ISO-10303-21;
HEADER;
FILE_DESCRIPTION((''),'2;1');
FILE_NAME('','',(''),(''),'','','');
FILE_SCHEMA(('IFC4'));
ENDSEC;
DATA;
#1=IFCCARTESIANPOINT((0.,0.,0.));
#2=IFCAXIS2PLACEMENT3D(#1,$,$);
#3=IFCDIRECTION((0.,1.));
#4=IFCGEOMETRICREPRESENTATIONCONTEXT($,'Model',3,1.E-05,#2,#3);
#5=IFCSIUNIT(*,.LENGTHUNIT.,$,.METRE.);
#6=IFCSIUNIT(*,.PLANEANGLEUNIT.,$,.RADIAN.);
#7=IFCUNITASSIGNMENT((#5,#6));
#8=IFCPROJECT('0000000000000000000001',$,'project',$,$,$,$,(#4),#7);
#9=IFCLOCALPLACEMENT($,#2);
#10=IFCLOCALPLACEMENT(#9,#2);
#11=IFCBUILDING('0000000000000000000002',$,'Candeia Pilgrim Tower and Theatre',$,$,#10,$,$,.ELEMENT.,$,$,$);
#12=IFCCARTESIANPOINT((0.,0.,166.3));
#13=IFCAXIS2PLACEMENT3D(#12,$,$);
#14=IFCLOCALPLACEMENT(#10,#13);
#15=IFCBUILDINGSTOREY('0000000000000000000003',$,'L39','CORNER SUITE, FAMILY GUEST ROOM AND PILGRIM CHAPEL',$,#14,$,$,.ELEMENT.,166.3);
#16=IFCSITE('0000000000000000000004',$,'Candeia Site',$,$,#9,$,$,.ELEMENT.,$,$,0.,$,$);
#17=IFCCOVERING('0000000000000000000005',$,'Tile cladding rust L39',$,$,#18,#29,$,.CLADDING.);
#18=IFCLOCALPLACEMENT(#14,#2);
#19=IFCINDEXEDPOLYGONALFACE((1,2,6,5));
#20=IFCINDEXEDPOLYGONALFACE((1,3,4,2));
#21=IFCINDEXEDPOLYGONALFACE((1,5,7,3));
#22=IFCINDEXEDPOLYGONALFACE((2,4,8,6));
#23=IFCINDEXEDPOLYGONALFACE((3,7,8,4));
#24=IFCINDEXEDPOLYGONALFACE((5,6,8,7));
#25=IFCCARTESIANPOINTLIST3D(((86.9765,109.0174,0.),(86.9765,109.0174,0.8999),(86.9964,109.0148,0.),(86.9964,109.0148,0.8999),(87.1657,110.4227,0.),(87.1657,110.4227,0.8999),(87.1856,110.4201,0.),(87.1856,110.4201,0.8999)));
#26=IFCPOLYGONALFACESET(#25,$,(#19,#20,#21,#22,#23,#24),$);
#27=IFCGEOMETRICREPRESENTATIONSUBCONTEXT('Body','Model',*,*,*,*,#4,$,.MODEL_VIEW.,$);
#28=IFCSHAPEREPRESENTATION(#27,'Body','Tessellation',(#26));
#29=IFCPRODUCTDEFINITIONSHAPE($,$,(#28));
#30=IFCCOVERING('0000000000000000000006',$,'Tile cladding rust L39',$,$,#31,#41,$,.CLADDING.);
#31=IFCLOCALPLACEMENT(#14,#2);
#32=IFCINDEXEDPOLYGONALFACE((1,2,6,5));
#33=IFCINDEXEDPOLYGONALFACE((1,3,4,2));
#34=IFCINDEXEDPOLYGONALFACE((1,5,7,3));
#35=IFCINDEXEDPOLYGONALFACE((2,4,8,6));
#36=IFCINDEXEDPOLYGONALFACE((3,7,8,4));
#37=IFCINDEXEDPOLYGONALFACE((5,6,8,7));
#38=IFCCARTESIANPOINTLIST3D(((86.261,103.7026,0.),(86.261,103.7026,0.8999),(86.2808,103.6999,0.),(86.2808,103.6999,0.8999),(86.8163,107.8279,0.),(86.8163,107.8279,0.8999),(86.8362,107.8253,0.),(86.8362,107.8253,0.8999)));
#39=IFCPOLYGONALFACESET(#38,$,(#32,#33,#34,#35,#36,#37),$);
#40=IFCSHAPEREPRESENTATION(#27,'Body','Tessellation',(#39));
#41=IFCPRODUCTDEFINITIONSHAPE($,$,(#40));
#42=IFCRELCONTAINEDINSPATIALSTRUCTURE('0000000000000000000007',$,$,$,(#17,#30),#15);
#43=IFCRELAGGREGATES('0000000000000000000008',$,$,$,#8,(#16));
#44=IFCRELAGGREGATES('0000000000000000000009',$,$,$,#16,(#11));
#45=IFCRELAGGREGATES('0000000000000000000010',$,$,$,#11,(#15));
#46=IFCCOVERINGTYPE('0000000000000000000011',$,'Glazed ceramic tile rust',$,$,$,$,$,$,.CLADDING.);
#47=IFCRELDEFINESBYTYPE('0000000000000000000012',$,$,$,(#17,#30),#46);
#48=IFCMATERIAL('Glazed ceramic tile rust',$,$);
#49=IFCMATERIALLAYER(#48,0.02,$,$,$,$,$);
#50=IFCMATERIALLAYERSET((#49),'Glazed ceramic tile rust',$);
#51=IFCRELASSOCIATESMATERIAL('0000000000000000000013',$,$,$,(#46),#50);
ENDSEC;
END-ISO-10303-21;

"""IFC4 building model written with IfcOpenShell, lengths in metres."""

from ifc_helpers import new_model, si_unit, direction, frame, origin, origin_2d, place, context, subcontext, project, spatial, rectangle, extrude, material, layer, layer_set, type_object, element, save


model = new_model("IFC4")

# Units and contexts
model_context = context("Model", 3, precision=1e-05, world=origin(), true_north=direction((0.0, 1.0)))
body_context = subcontext(model_context, "Body", "Model", "MODEL_VIEW")
ifc_project = project(units=[si_unit("LENGTHUNIT", "METRE"), si_unit("PLANEANGLEUNIT", "RADIAN")], contexts=[model_context])

# Site, building, storey
site_placement = place(None, origin())
site = spatial("IfcSite", under=ifc_project, at=site_placement, Name="Candeia Site", CompositionType="ELEMENT", RefElevation=0.0)
building_placement = place(site_placement, origin())
building = spatial("IfcBuilding", under=site, at=building_placement, Name="Candeia Pilgrim Tower and Theatre", CompositionType="ELEMENT")
storey_placement = place(building_placement, frame((0.0, 0.0, 166.3)))
storey = spatial("IfcBuildingStorey", under=building, at=storey_placement, Name="L39", Description="CORNER SUITE, FAMILY GUEST ROOM AND PILGRIM CHAPEL", CompositionType="ELEMENT", Elevation=166.3)

# Coverings
ifc_material_1 = material(Name="Glazed ceramic tile rust")
ifc_layer_1 = layer(ifc_material_1, 0.02)
ifc_layer_set_1 = layer_set([ifc_layer_1], Name="Glazed ceramic tile rust")
covering_type = type_object("IfcCoveringType", Name="Glazed ceramic tile rust", PredefinedType="CLADDING", material=ifc_layer_set_1)
covering_1_placement = place(storey_placement, frame((87.0811, 109.7188, 0.0), z_axis=(0.0, 0.0, 1.0), x_axis=(-0.133412, -0.991061, 0.0)))
element("IfcCovering", 1, at=covering_1_placement, inside=storey, type_object=covering_type, Name="Tile cladding rust L39", PredefinedType="CLADDING", context=body_context, shape_type="SweptSolid", body=[
    extrude(rectangle(XDim=1.418, YDim=0.02, at=origin_2d()), origin(), (0.0, 0.0, 1.0), 0.8999),
])
covering_2_placement = place(storey_placement, frame((86.5486, 105.7639, 0.0), z_axis=(0.0, 0.0, 1.0), x_axis=(-0.133412, -0.991061, 0.0)))
element("IfcCovering", 2, at=covering_2_placement, inside=storey, type_object=covering_type, Name="Tile cladding rust L39", PredefinedType="CLADDING", context=body_context, shape_type="SweptSolid", body=[
    extrude(rectangle(XDim=4.1626, YDim=0.02, at=origin_2d()), origin(), (0.0, 0.0, 1.0), 0.8999),
])

save(model, "model.ifc")
